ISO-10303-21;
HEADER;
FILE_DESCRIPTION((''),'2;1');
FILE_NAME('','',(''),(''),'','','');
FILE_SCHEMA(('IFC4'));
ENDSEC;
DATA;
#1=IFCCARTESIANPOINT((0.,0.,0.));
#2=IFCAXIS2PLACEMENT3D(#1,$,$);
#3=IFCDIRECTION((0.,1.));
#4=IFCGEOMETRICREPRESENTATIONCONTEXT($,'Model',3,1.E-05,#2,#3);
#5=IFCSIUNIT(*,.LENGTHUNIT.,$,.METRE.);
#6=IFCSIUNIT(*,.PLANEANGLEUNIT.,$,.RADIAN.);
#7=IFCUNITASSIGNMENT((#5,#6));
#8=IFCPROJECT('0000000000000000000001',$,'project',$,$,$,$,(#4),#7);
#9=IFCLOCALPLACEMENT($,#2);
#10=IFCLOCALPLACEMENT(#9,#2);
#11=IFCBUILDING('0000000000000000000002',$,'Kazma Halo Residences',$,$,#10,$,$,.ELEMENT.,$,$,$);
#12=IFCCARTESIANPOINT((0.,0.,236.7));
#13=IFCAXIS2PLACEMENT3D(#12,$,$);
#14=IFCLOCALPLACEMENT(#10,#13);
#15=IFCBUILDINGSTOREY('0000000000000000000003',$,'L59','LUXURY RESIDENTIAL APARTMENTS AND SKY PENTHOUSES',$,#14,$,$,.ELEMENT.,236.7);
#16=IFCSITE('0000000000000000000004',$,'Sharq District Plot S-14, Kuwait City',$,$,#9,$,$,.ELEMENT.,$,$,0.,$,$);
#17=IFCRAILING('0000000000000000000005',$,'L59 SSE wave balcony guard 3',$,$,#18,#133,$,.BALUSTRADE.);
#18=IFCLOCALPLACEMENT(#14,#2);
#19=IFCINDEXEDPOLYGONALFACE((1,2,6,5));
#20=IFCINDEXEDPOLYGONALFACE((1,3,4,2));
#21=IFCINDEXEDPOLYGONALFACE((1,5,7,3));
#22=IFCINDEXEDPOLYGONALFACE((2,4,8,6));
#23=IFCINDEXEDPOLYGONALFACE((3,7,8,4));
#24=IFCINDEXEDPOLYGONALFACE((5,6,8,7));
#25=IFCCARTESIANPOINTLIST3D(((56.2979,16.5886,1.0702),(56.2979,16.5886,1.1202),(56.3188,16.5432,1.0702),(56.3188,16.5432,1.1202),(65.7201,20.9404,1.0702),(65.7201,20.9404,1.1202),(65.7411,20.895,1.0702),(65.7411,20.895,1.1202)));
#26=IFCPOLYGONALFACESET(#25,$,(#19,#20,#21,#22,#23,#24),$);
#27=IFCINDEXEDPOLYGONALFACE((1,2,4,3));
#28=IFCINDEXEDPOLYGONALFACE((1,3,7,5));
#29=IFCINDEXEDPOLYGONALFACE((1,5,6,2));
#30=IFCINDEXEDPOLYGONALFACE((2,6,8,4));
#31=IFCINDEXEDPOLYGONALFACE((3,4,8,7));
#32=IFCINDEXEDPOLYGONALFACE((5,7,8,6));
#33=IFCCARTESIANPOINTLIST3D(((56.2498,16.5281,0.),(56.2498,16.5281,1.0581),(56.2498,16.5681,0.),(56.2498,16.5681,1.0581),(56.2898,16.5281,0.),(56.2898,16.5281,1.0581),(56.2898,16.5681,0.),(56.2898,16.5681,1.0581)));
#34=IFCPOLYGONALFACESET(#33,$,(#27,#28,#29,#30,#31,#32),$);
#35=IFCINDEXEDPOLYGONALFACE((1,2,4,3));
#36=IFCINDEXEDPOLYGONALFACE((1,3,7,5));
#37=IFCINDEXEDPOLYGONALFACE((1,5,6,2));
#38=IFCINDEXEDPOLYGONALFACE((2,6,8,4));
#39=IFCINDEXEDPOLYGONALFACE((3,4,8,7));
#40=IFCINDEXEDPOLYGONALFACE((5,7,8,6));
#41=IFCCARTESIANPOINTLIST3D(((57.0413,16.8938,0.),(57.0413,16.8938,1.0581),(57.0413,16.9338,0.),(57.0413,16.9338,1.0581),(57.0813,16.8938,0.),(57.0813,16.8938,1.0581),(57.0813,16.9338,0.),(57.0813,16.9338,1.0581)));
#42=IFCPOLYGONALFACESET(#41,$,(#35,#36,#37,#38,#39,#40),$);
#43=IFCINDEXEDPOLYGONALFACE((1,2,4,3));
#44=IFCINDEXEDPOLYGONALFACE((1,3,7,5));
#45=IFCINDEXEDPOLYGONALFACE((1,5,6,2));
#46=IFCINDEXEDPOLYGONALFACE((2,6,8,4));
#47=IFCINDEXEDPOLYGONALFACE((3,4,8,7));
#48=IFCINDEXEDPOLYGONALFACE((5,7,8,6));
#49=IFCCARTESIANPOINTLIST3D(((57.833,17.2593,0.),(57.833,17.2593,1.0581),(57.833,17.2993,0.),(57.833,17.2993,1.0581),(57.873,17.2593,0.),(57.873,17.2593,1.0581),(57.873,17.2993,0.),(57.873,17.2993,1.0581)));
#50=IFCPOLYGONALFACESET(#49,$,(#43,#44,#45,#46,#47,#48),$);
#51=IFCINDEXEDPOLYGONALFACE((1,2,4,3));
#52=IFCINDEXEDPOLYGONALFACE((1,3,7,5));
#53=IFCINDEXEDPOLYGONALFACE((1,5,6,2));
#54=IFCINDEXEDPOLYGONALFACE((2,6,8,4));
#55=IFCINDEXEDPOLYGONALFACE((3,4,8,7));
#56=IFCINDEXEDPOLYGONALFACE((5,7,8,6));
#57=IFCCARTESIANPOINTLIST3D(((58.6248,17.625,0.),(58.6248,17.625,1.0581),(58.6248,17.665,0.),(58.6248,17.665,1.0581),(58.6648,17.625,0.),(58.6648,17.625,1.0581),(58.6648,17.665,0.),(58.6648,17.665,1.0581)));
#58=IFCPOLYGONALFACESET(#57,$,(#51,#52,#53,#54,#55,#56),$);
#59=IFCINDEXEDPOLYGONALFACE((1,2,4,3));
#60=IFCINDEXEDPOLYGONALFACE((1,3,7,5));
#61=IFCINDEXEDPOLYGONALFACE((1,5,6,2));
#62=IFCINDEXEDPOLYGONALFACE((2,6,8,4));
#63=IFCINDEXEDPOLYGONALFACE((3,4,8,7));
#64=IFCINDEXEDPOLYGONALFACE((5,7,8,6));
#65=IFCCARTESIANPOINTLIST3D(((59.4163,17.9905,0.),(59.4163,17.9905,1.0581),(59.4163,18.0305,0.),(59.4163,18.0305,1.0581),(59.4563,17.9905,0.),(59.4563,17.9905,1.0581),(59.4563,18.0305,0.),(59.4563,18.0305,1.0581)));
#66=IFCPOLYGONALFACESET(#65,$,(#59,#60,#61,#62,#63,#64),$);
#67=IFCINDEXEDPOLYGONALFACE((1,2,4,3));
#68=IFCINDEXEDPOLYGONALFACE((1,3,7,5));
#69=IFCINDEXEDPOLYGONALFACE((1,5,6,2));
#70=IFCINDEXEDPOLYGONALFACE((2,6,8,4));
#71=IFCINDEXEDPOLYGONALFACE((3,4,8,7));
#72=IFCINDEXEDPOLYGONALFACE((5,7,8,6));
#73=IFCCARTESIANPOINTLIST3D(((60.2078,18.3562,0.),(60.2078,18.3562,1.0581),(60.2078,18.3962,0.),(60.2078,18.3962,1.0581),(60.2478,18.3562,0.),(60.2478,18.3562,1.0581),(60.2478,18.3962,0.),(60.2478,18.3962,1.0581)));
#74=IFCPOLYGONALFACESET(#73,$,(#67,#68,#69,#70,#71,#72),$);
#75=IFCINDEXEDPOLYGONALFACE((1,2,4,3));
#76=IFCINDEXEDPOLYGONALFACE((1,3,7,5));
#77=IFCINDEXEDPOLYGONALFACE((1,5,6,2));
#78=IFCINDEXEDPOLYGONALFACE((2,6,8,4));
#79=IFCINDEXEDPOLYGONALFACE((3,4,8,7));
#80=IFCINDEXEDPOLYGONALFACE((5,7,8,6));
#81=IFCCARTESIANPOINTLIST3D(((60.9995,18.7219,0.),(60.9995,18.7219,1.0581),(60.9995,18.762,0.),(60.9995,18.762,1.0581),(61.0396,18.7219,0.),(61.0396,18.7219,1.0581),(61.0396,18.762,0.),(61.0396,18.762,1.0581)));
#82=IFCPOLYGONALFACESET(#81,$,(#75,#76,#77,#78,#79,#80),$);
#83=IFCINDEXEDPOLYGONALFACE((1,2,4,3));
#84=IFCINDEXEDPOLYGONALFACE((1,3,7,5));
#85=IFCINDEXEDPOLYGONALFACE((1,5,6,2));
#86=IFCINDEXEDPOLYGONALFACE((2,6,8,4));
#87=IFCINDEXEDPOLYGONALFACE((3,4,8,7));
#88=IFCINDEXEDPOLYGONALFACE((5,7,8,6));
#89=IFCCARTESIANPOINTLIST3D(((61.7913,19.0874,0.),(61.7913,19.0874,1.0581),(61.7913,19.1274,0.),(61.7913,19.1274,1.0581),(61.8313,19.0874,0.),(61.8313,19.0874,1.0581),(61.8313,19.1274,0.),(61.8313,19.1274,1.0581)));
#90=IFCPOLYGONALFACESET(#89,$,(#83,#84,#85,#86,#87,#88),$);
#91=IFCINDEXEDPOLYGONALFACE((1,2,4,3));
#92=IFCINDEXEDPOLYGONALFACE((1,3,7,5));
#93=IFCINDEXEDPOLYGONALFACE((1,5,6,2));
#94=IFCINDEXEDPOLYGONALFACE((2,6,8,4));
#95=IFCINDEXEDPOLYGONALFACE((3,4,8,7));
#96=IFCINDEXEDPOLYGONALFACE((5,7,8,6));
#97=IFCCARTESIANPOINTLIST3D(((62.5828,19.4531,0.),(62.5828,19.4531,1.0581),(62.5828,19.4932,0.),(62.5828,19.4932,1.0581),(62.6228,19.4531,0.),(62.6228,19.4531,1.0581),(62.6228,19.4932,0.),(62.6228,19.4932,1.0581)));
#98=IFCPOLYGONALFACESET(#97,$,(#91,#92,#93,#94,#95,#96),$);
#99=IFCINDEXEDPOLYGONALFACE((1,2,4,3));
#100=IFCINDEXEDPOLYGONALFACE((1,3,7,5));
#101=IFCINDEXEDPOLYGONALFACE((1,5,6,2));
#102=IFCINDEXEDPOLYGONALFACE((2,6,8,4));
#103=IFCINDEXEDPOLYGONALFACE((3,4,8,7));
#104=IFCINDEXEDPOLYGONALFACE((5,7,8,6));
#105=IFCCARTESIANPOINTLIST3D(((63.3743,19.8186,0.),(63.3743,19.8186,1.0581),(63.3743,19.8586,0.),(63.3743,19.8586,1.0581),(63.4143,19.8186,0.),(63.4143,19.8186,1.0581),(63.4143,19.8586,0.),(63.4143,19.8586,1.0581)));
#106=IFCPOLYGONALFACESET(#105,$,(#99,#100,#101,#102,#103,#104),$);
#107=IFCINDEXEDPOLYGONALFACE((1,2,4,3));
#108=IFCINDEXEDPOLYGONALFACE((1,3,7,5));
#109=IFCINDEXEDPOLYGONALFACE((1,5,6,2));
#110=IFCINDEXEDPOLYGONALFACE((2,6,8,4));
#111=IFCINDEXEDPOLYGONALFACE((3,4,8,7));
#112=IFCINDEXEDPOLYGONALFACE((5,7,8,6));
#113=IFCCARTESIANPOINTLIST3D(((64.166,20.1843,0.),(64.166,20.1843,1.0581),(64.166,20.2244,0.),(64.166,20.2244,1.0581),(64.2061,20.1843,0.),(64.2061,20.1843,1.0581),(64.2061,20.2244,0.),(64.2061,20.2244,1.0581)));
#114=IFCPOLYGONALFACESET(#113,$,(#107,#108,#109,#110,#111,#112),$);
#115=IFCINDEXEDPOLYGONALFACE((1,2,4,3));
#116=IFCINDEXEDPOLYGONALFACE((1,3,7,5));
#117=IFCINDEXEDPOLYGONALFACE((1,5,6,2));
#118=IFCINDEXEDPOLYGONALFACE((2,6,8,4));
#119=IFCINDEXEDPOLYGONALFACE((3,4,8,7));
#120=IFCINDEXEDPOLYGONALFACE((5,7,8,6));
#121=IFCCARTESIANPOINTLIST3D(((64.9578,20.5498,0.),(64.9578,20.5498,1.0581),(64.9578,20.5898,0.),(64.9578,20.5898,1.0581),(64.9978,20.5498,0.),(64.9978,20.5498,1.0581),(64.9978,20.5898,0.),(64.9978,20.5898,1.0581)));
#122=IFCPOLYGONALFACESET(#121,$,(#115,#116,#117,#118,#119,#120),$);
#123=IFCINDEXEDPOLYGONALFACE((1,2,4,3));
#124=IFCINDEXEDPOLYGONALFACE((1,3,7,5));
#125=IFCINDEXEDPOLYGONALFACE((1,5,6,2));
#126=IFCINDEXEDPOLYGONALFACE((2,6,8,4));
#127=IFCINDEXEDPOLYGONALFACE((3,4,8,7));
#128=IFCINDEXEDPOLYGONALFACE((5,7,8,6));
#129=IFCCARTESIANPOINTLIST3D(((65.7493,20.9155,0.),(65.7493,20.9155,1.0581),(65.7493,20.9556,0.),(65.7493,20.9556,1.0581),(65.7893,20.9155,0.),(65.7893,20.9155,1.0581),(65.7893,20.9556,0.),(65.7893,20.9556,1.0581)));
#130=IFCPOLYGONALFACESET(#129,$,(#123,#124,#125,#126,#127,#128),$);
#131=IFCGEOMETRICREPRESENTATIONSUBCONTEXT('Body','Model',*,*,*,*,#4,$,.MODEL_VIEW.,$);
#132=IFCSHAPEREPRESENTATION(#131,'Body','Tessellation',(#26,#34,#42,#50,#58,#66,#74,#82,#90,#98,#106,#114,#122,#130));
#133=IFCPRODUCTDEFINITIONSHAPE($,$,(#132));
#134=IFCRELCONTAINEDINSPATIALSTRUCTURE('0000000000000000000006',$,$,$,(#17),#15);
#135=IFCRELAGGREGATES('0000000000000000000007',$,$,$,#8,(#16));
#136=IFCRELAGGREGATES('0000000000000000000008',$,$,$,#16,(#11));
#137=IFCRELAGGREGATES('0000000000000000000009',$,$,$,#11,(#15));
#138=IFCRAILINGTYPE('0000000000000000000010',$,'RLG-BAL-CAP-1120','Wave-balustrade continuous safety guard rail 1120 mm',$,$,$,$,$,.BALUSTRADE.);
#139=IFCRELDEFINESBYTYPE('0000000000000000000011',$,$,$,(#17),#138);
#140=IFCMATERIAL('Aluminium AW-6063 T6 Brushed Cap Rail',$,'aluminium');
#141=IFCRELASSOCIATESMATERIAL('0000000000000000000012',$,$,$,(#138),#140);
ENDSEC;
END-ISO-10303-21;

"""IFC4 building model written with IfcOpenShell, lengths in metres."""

from ifc_helpers import new_model, si_unit, direction, frame, origin, origin_2d, place, context, subcontext, project, spatial, rectangle, extrude, material, type_object, element, save


model = new_model("IFC4")

# Units and contexts
model_context = context("Model", 3, precision=1e-05, world=origin(), true_north=direction((0.0, 1.0)))
body_context = subcontext(model_context, "Body", "Model", "MODEL_VIEW")
ifc_project = project(units=[si_unit("LENGTHUNIT", "METRE"), si_unit("PLANEANGLEUNIT", "RADIAN")], contexts=[model_context])

# Site, building, storey
site_placement = place(None, origin())
site = spatial("IfcSite", under=ifc_project, at=site_placement, Name="Sharq District Plot S-14, Kuwait City", CompositionType="ELEMENT", RefElevation=0.0)
building_placement = place(site_placement, origin())
building = spatial("IfcBuilding", under=site, at=building_placement, Name="Kazma Halo Residences", CompositionType="ELEMENT")
storey_placement = place(building_placement, frame((0.0, 0.0, 236.7)))
storey = spatial("IfcBuildingStorey", under=building, at=storey_placement, Name="L59", Description="LUXURY RESIDENTIAL APARTMENTS AND SKY PENTHOUSES", CompositionType="ELEMENT", Elevation=236.7)

# Railing
ifc_material_1 = material(Name="Aluminium AW-6063 T6 Brushed Cap Rail", Category="aluminium")
railing_type = type_object("IfcRailingType", Name="RLG-BAL-CAP-1120", Description="Wave-balustrade continuous safety guard rail 1120 mm", PredefinedType="BALUSTRADE", material=ifc_material_1)
railing_placement = place(storey_placement, frame((56.2698, 16.5481, 0.0)))
element("IfcRailing", 1, at=railing_placement, inside=storey, type_object=railing_type, Name="L59 SSE wave balcony guard 3", PredefinedType="BALUSTRADE", context=body_context, shape_type="SweptSolid", body=[
    extrude(rectangle(XDim=0.05, YDim=0.05, at=origin_2d()), frame((0.0386, 0.0178, 1.0952), z_axis=(0.907848, 0.419299, 0.0), x_axis=(-0.419299, 0.907848, 0.0)), (0.0, 0.0, 1.0), 10.3787),
    extrude(rectangle(XDim=0.04, YDim=0.04, at=origin_2d()), origin(), (0.0, 0.0, 1.0), 1.0581),
    extrude(rectangle(XDim=0.04, YDim=0.04, at=origin_2d()), frame((0.7915, 0.3657, 0.0)), (0.0, 0.0, 1.0), 1.0581),
    extrude(rectangle(XDim=0.04, YDim=0.04, at=origin_2d()), frame((1.5833, 0.7312, 0.0)), (0.0, 0.0, 1.0), 1.0581),
    extrude(rectangle(XDim=0.04, YDim=0.04, at=origin_2d()), frame((2.375, 1.0969, 0.0)), (0.0, 0.0, 1.0), 1.0581),
    extrude(rectangle(XDim=0.04, YDim=0.04, at=origin_2d()), frame((3.1665, 1.4624, 0.0)), (0.0, 0.0, 1.0), 1.0581),
    extrude(rectangle(XDim=0.04, YDim=0.04, at=origin_2d()), frame((3.958, 1.8281, 0.0)), (0.0, 0.0, 1.0), 1.0581),
    extrude(rectangle(XDim=0.04, YDim=0.04, at=origin_2d()), frame((4.7498, 2.1938, 0.0)), (0.0, 0.0, 1.0), 1.0581),
    extrude(rectangle(XDim=0.04, YDim=0.04, at=origin_2d()), frame((5.5415, 2.5593, 0.0)), (0.0, 0.0, 1.0), 1.0581),
    extrude(rectangle(XDim=0.04, YDim=0.04, at=origin_2d()), frame((6.333, 2.925, 0.0)), (0.0, 0.0, 1.0), 1.0581),
    extrude(rectangle(XDim=0.04, YDim=0.04, at=origin_2d()), frame((7.1245, 3.2905, 0.0)), (0.0, 0.0, 1.0), 1.0581),
    extrude(rectangle(XDim=0.04, YDim=0.04, at=origin_2d()), frame((7.9163, 3.6562, 0.0)), (0.0, 0.0, 1.0), 1.0581),
    extrude(rectangle(XDim=0.04, YDim=0.04, at=origin_2d()), frame((8.708, 4.0217, 0.0)), (0.0, 0.0, 1.0), 1.0581),
    extrude(rectangle(XDim=0.04, YDim=0.04, at=origin_2d()), frame((9.4995, 4.3875, 0.0)), (0.0, 0.0, 1.0), 1.0581),
])

save(model, "model.ifc")
